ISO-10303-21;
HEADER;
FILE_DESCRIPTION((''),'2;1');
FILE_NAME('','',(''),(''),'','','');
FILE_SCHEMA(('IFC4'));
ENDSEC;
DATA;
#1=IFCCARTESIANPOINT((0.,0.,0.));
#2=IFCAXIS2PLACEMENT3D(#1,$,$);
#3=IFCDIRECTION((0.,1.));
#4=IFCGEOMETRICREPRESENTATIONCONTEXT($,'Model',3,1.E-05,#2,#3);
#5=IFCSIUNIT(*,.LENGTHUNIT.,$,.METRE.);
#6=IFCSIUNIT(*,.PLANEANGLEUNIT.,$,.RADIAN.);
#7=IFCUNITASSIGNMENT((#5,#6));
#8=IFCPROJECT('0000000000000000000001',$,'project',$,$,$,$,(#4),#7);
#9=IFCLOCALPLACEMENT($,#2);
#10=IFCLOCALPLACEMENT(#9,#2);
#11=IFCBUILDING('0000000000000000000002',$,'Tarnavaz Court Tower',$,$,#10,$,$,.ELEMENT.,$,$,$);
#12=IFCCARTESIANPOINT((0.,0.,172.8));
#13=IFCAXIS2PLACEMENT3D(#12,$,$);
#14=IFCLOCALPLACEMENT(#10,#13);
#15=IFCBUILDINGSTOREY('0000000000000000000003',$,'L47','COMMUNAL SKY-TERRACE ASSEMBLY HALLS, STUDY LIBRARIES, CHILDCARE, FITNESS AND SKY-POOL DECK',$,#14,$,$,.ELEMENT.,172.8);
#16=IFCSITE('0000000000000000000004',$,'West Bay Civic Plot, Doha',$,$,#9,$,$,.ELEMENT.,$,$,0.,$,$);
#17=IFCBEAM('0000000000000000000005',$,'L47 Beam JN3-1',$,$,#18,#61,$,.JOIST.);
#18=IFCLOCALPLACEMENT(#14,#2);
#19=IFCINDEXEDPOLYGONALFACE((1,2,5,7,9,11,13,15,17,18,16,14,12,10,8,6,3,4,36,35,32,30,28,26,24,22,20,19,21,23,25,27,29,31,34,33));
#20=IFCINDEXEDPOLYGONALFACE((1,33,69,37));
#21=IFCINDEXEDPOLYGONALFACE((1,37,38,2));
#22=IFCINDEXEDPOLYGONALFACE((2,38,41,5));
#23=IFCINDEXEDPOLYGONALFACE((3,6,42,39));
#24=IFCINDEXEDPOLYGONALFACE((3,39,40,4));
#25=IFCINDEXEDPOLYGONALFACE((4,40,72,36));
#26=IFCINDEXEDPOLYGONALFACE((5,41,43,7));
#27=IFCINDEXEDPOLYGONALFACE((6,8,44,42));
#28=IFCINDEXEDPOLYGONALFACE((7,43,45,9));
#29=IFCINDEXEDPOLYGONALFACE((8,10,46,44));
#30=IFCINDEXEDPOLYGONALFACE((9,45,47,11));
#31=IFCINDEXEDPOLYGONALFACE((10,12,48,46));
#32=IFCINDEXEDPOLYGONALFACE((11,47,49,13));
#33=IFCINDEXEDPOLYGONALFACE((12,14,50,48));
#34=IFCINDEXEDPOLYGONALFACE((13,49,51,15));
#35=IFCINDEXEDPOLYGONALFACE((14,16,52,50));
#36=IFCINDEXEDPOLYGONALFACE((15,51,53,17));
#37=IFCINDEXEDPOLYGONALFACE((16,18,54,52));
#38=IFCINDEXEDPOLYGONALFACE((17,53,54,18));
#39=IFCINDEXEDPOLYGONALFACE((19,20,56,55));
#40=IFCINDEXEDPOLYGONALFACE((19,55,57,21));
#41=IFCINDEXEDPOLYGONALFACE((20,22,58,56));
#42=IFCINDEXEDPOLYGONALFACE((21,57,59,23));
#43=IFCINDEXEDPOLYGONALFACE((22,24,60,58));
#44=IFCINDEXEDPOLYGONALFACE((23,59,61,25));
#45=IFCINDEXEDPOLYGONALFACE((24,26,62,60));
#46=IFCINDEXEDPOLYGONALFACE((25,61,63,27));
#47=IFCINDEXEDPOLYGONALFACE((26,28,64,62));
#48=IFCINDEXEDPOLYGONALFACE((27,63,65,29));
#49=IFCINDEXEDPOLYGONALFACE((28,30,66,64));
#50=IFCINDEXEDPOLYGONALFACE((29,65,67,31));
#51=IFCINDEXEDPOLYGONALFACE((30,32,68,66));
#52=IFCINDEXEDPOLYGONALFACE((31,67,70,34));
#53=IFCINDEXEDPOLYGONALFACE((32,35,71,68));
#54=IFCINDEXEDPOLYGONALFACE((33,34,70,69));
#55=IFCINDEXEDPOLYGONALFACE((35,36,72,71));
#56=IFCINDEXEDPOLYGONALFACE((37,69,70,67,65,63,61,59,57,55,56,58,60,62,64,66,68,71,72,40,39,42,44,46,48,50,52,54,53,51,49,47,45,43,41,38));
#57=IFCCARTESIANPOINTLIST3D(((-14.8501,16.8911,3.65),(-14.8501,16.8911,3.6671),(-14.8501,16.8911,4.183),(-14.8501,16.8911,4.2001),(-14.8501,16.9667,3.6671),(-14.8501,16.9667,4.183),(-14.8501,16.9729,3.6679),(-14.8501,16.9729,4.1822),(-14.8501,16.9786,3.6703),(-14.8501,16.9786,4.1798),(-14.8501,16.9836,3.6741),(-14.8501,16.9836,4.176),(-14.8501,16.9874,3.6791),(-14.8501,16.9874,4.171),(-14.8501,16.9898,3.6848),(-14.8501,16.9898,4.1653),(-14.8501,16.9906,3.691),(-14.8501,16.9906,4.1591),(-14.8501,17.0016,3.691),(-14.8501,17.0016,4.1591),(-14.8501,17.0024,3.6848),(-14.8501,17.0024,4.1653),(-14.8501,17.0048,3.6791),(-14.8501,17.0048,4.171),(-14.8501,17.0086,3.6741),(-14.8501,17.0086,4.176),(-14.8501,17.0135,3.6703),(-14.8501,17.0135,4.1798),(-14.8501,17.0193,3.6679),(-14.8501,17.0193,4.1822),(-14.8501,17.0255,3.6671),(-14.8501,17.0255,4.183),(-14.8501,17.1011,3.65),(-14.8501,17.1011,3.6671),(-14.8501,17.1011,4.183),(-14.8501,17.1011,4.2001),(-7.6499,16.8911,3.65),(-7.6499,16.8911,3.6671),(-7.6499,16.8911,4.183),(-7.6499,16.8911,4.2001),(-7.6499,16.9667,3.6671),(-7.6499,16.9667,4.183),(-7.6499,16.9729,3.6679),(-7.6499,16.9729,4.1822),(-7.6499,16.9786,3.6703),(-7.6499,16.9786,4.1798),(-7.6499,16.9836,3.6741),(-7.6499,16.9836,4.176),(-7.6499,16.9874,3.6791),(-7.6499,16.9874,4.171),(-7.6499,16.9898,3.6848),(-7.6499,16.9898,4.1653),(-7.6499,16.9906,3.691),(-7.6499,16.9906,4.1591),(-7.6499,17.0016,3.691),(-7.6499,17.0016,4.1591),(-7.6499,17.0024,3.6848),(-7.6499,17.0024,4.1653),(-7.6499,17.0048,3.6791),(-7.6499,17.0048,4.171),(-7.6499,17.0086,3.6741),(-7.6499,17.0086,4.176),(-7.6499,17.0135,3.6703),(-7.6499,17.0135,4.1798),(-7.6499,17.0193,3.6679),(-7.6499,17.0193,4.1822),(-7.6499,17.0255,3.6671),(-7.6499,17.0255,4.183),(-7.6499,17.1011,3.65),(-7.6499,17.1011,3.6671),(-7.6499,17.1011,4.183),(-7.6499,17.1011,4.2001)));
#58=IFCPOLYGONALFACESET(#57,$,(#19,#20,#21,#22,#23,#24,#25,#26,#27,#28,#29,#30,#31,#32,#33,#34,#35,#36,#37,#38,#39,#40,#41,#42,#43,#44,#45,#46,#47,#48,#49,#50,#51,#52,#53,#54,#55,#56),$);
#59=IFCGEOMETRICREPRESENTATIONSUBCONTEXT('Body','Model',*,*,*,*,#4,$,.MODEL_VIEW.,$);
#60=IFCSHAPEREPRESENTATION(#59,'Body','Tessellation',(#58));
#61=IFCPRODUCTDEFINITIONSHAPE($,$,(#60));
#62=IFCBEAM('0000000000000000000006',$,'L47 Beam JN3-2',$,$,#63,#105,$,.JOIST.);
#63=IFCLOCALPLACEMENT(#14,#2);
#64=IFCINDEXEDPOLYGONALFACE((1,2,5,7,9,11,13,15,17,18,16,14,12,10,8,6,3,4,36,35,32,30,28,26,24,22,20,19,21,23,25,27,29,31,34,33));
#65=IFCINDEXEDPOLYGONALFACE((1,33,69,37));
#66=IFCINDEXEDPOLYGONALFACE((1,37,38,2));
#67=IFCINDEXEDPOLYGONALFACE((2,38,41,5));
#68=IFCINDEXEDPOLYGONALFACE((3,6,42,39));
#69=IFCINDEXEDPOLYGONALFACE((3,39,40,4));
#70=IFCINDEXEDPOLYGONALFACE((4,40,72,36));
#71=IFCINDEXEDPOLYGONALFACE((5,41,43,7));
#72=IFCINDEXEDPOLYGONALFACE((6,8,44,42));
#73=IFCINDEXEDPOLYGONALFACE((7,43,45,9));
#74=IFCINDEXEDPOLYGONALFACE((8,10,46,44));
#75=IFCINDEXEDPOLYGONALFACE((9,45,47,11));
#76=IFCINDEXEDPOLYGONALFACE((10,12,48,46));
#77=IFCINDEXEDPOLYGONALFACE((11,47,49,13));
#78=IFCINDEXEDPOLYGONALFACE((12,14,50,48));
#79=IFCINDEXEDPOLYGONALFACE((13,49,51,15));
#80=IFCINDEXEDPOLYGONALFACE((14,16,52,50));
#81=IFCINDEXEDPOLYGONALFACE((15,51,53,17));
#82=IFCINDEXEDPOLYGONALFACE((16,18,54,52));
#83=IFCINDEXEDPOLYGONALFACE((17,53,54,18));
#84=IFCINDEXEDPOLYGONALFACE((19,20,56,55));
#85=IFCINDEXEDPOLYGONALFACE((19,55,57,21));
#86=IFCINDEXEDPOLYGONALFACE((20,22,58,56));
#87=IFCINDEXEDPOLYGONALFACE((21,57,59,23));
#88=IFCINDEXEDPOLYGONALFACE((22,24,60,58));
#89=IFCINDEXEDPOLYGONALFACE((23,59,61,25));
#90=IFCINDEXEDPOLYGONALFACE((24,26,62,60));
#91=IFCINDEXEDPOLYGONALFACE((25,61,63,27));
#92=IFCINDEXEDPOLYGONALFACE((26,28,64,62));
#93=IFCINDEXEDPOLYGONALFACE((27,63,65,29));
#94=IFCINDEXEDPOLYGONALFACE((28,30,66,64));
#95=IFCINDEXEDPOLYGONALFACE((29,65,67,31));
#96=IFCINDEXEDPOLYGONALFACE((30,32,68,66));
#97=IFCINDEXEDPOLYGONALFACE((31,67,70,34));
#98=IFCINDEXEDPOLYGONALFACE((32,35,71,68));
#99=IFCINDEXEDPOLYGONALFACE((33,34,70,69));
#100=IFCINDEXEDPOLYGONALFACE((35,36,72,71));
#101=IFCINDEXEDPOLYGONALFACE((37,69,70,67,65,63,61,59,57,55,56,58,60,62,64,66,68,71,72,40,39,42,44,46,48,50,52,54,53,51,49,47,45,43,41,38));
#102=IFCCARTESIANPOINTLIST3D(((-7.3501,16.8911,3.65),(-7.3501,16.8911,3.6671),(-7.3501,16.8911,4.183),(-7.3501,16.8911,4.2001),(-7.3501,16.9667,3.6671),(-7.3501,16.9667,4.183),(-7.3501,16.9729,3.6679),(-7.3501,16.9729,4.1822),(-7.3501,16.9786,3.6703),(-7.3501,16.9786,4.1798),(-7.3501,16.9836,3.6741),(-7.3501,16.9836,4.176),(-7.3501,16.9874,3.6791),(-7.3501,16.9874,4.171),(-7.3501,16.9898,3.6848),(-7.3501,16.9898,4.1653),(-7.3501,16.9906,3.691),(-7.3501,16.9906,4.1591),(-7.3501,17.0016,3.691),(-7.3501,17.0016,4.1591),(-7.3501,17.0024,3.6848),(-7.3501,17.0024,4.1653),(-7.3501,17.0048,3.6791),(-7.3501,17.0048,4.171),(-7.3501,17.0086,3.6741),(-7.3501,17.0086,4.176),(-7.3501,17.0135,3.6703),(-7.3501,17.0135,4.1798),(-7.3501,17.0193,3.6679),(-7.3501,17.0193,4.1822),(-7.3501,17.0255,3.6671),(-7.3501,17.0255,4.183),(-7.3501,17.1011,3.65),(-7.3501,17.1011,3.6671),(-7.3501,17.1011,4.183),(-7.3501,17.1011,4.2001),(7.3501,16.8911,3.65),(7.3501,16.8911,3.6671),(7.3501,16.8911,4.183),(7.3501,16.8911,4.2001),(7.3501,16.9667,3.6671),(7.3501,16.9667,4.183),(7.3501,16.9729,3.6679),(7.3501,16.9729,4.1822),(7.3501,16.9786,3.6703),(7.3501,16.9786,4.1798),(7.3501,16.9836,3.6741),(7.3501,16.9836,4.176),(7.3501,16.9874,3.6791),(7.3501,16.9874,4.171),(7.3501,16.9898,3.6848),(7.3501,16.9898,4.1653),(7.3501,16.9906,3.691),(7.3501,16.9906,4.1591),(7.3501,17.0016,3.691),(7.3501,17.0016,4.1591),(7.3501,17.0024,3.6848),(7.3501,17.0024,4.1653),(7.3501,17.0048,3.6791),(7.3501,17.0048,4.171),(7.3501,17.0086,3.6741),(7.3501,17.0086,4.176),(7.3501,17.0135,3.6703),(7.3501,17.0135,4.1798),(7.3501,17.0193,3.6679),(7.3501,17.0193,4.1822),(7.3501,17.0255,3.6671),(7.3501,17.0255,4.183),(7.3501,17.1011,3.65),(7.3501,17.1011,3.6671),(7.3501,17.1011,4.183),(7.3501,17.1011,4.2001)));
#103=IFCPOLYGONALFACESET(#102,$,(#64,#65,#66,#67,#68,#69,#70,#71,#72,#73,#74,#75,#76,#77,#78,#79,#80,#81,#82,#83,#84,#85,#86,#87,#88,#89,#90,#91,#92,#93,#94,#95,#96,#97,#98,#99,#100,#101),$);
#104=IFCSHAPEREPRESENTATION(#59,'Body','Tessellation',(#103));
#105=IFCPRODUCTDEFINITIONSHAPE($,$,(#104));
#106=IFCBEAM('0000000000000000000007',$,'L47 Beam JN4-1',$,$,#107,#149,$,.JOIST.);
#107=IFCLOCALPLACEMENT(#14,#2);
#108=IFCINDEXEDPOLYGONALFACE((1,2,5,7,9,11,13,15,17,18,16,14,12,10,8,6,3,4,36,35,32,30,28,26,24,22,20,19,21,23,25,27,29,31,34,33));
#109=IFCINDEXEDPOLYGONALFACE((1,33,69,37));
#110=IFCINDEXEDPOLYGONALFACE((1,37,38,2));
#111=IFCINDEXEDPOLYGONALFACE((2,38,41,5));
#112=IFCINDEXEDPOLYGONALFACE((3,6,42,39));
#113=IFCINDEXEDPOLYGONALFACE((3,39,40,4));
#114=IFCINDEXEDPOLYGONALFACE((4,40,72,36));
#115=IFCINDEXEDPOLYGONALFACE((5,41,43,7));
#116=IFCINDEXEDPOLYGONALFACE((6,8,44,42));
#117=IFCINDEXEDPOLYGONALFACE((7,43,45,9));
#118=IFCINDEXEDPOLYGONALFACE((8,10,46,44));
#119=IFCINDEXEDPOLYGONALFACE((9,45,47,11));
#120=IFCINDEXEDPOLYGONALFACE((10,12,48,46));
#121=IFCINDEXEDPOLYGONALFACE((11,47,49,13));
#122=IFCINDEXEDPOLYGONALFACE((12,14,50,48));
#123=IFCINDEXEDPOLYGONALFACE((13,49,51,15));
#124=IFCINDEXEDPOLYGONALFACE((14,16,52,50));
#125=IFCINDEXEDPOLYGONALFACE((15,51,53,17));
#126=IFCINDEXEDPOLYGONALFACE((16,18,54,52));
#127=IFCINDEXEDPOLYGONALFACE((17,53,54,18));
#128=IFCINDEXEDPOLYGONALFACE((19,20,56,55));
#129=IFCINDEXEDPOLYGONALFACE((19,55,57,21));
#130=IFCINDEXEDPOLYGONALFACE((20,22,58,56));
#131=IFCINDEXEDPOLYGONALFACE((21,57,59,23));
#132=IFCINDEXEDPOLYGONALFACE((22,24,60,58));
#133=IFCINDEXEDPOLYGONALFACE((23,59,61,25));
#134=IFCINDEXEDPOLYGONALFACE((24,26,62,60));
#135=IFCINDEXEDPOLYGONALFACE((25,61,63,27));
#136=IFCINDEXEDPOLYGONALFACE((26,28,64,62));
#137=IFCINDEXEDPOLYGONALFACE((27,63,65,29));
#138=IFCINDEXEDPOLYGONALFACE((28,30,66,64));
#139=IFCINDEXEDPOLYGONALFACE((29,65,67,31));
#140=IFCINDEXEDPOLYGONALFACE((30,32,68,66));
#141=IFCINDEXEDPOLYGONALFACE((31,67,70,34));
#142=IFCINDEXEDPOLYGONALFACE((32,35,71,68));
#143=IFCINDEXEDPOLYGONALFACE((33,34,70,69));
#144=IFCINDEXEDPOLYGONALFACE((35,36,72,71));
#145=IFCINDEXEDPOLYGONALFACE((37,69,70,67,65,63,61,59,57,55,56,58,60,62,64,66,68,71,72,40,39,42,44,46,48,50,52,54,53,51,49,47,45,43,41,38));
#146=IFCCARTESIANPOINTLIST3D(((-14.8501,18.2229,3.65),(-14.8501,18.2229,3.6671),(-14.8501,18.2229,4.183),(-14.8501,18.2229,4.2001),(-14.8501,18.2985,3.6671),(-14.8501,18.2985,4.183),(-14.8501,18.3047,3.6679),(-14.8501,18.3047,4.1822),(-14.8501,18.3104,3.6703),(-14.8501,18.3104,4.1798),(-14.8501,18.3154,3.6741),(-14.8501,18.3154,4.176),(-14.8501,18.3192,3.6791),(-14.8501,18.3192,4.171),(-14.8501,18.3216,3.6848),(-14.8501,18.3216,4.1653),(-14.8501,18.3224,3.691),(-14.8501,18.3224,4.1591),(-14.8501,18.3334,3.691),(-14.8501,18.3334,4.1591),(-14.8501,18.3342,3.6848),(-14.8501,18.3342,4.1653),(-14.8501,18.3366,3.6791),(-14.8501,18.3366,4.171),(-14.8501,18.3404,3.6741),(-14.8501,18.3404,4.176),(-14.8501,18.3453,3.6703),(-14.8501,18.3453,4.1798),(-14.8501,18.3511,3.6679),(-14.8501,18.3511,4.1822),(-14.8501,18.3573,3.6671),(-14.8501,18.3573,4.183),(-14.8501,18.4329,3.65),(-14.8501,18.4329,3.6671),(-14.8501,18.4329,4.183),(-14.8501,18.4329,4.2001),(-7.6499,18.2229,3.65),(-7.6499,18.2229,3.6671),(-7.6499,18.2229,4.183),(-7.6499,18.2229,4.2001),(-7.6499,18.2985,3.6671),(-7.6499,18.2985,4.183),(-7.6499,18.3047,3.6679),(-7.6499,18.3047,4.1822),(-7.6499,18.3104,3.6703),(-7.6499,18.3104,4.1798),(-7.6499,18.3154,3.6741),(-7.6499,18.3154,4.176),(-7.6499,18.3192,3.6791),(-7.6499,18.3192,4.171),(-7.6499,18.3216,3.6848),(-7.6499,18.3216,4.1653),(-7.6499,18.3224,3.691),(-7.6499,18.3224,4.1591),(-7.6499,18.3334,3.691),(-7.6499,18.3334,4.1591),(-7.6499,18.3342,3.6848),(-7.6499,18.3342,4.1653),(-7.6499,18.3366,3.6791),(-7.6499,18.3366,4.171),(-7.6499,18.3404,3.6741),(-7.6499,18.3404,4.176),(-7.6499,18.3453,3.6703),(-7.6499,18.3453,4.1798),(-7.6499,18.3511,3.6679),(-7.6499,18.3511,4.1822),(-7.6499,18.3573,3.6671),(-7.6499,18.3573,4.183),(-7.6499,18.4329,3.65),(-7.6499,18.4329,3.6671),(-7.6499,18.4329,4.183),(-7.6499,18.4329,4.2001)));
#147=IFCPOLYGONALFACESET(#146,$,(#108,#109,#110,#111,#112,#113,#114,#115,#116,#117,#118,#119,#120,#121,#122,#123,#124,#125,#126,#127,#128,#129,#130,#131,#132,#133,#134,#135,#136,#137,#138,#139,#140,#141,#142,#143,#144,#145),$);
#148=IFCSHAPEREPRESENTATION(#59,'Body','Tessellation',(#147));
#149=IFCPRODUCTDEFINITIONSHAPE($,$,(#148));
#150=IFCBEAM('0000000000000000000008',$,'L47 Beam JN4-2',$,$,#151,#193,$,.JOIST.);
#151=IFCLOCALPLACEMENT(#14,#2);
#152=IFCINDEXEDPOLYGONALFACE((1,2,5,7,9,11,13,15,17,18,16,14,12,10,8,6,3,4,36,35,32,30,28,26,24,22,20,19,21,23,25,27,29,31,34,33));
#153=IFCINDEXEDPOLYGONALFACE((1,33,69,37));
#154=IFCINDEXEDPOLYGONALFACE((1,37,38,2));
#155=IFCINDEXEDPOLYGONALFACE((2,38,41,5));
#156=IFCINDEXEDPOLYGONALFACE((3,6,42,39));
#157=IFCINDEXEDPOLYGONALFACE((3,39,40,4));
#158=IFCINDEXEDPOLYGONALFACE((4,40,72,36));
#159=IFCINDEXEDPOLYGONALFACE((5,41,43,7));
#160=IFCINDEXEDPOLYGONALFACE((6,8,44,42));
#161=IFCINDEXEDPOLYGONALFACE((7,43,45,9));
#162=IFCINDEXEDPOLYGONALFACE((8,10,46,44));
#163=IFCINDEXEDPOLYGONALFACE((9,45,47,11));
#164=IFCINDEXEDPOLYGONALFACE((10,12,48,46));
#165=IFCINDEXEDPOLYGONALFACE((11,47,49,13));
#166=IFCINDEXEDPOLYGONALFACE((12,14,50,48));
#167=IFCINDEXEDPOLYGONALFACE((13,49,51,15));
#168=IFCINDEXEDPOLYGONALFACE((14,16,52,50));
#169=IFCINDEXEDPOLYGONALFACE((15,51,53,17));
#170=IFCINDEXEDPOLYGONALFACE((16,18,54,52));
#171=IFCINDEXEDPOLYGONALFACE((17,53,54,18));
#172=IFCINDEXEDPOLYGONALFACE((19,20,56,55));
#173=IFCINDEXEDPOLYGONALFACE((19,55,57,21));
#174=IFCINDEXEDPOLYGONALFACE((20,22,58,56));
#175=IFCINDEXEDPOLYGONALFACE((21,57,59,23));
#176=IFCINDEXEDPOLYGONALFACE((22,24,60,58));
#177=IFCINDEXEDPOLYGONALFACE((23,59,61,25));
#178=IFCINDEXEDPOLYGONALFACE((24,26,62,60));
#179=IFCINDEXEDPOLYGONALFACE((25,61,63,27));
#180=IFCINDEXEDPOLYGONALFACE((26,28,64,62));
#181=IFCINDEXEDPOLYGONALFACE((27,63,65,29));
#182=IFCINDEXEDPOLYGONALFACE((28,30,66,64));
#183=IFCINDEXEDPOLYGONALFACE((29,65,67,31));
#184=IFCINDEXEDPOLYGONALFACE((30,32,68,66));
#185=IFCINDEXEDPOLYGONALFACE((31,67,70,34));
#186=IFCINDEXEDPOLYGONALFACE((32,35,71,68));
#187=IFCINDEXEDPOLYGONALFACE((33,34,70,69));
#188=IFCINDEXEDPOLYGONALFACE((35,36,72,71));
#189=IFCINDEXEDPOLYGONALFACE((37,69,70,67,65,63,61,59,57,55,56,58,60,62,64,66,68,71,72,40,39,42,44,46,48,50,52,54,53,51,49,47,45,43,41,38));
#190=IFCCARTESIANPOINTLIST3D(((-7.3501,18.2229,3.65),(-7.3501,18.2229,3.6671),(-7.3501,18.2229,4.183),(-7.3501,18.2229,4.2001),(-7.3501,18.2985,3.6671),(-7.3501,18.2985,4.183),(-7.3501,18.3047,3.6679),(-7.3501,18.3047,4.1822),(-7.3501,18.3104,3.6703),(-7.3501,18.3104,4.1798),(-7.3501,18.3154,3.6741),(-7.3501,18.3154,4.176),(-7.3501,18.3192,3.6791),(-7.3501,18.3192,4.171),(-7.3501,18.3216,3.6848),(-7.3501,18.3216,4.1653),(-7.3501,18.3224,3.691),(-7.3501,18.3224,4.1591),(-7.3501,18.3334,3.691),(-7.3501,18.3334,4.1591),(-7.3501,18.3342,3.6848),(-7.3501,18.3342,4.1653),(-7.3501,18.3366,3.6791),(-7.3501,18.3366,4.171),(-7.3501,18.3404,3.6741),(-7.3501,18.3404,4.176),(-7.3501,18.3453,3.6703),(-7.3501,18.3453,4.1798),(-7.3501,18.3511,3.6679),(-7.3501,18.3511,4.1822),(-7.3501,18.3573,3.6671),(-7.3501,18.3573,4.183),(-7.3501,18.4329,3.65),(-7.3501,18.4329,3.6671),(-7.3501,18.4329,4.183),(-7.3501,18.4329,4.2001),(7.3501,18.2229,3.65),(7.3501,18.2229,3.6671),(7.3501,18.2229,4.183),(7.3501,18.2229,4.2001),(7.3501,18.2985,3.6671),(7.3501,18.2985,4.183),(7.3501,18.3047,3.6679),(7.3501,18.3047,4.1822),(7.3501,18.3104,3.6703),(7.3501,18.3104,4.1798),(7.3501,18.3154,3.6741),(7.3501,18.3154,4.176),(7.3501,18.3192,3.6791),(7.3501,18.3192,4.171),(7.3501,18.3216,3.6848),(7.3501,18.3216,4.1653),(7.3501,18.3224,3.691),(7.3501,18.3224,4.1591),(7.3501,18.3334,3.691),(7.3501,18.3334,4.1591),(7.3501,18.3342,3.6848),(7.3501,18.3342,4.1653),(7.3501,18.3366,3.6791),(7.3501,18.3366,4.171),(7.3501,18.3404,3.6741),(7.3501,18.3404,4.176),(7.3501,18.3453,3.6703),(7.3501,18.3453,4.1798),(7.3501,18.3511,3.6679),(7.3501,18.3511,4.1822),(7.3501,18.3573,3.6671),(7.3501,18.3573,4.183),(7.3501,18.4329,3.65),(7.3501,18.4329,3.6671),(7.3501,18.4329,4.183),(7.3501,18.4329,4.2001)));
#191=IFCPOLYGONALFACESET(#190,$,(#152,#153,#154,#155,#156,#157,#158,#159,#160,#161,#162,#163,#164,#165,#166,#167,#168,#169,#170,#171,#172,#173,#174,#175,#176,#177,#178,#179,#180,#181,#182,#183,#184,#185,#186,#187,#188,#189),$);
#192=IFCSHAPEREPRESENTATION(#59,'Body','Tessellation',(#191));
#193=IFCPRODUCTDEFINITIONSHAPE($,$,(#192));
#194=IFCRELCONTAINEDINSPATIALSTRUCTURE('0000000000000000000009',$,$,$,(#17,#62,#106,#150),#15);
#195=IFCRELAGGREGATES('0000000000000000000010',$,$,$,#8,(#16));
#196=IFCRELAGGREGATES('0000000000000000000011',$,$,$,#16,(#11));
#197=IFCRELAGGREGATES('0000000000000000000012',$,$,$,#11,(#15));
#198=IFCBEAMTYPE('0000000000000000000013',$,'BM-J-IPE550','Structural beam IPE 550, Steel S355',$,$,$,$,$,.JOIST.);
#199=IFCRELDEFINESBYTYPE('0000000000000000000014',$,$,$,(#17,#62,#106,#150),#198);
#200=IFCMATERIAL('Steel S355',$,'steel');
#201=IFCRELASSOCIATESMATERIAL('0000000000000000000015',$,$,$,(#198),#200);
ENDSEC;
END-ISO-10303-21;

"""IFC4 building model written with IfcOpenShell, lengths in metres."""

from ifc_helpers import new_model, si_unit, direction, frame, origin, origin_2d, place, context, subcontext, project, spatial, i_section, extrude, material, material_profile, profile_set, type_object, element, save


model = new_model("IFC4")

# Units and contexts
model_context = context("Model", 3, precision=1e-05, world=origin(), true_north=direction((0.0, 1.0)))
body_context = subcontext(model_context, "Body", "Model", "MODEL_VIEW")
ifc_project = project(units=[si_unit("LENGTHUNIT", "METRE"), si_unit("PLANEANGLEUNIT", "RADIAN")], contexts=[model_context])

# Site, building, storey
site_placement = place(None, origin())
site = spatial("IfcSite", under=ifc_project, at=site_placement, Name="West Bay Civic Plot, Doha", CompositionType="ELEMENT", RefElevation=0.0)
building_placement = place(site_placement, origin())
building = spatial("IfcBuilding", under=site, at=building_placement, Name="Tarnavaz Court Tower", CompositionType="ELEMENT")
storey_placement = place(building_placement, frame((0.0, 0.0, 172.8)))
storey = spatial("IfcBuildingStorey", under=building, at=storey_placement, Name="L47", Description="COMMUNAL SKY-TERRACE ASSEMBLY HALLS, STUDY LIBRARIES, CHILDCARE, FITNESS AND SKY-POOL DECK", CompositionType="ELEMENT", Elevation=172.8)

# Beams
ifc_material_1 = material(Name="Steel S355", Category="steel")
ifc_material_profile_1 = material_profile(ifc_material_1, i_section(OverallWidth=0.21, OverallDepth=0.55, WebThickness=0.011, FlangeThickness=0.0171, FilletRadius=0.0239, at=origin_2d()), Name="IPE 550")
ifc_profile_set_1 = profile_set([ifc_material_profile_1], Name="Steel S355")
beam_type_1 = type_object("IfcBeamType", Name="BM-J-IPE550", Description="Structural beam IPE 550, Steel S355", PredefinedType="JOIST", material=ifc_profile_set_1)
beam_1_placement = place(storey_placement, frame((-14.8501, 16.9961, 3.925), z_axis=(1.0, 0.0, 0.0), x_axis=(0.0, 1.0, 0.0)))
element("IfcBeam", 1, at=beam_1_placement, inside=storey, type_object=beam_type_1, Name="L47 Beam JN3-1", PredefinedType="JOIST", context=body_context, shape_type="SweptSolid", body=[
    extrude(i_section(OverallWidth=0.21, OverallDepth=0.55, WebThickness=0.011, FlangeThickness=0.0171, FilletRadius=0.0239, at=origin_2d()), origin(), (0.0, 0.0, 1.0), 7.2002),
])
beam_2_placement = place(storey_placement, frame((-7.3501, 16.9961, 3.925), z_axis=(1.0, 0.0, 0.0), x_axis=(0.0, 1.0, 0.0)))
element("IfcBeam", 2, at=beam_2_placement, inside=storey, type_object=beam_type_1, Name="L47 Beam JN3-2", PredefinedType="JOIST", context=body_context, shape_type="SweptSolid", body=[
    extrude(i_section(OverallWidth=0.21, OverallDepth=0.55, WebThickness=0.011, FlangeThickness=0.0171, FilletRadius=0.0239, at=origin_2d()), origin(), (0.0, 0.0, 1.0), 14.7002),
])
beam_3_placement = place(storey_placement, frame((-14.8501, 18.3279, 3.925), z_axis=(1.0, 0.0, 0.0), x_axis=(0.0, 1.0, 0.0)))
element("IfcBeam", 3, at=beam_3_placement, inside=storey, type_object=beam_type_1, Name="L47 Beam JN4-1", PredefinedType="JOIST", context=body_context, shape_type="SweptSolid", body=[
    extrude(i_section(OverallWidth=0.21, OverallDepth=0.55, WebThickness=0.011, FlangeThickness=0.0171, FilletRadius=0.0239, at=origin_2d()), origin(), (0.0, 0.0, 1.0), 7.2002),
])
beam_4_placement = place(storey_placement, frame((-7.3501, 18.3279, 3.925), z_axis=(1.0, 0.0, 0.0), x_axis=(0.0, 1.0, 0.0)))
element("IfcBeam", 4, at=beam_4_placement, inside=storey, type_object=beam_type_1, Name="L47 Beam JN4-2", PredefinedType="JOIST", context=body_context, shape_type="SweptSolid", body=[
    extrude(i_section(OverallWidth=0.21, OverallDepth=0.55, WebThickness=0.011, FlangeThickness=0.0171, FilletRadius=0.0239, at=origin_2d()), origin(), (0.0, 0.0, 1.0), 14.7002),
])

save(model, "model.ifc")
